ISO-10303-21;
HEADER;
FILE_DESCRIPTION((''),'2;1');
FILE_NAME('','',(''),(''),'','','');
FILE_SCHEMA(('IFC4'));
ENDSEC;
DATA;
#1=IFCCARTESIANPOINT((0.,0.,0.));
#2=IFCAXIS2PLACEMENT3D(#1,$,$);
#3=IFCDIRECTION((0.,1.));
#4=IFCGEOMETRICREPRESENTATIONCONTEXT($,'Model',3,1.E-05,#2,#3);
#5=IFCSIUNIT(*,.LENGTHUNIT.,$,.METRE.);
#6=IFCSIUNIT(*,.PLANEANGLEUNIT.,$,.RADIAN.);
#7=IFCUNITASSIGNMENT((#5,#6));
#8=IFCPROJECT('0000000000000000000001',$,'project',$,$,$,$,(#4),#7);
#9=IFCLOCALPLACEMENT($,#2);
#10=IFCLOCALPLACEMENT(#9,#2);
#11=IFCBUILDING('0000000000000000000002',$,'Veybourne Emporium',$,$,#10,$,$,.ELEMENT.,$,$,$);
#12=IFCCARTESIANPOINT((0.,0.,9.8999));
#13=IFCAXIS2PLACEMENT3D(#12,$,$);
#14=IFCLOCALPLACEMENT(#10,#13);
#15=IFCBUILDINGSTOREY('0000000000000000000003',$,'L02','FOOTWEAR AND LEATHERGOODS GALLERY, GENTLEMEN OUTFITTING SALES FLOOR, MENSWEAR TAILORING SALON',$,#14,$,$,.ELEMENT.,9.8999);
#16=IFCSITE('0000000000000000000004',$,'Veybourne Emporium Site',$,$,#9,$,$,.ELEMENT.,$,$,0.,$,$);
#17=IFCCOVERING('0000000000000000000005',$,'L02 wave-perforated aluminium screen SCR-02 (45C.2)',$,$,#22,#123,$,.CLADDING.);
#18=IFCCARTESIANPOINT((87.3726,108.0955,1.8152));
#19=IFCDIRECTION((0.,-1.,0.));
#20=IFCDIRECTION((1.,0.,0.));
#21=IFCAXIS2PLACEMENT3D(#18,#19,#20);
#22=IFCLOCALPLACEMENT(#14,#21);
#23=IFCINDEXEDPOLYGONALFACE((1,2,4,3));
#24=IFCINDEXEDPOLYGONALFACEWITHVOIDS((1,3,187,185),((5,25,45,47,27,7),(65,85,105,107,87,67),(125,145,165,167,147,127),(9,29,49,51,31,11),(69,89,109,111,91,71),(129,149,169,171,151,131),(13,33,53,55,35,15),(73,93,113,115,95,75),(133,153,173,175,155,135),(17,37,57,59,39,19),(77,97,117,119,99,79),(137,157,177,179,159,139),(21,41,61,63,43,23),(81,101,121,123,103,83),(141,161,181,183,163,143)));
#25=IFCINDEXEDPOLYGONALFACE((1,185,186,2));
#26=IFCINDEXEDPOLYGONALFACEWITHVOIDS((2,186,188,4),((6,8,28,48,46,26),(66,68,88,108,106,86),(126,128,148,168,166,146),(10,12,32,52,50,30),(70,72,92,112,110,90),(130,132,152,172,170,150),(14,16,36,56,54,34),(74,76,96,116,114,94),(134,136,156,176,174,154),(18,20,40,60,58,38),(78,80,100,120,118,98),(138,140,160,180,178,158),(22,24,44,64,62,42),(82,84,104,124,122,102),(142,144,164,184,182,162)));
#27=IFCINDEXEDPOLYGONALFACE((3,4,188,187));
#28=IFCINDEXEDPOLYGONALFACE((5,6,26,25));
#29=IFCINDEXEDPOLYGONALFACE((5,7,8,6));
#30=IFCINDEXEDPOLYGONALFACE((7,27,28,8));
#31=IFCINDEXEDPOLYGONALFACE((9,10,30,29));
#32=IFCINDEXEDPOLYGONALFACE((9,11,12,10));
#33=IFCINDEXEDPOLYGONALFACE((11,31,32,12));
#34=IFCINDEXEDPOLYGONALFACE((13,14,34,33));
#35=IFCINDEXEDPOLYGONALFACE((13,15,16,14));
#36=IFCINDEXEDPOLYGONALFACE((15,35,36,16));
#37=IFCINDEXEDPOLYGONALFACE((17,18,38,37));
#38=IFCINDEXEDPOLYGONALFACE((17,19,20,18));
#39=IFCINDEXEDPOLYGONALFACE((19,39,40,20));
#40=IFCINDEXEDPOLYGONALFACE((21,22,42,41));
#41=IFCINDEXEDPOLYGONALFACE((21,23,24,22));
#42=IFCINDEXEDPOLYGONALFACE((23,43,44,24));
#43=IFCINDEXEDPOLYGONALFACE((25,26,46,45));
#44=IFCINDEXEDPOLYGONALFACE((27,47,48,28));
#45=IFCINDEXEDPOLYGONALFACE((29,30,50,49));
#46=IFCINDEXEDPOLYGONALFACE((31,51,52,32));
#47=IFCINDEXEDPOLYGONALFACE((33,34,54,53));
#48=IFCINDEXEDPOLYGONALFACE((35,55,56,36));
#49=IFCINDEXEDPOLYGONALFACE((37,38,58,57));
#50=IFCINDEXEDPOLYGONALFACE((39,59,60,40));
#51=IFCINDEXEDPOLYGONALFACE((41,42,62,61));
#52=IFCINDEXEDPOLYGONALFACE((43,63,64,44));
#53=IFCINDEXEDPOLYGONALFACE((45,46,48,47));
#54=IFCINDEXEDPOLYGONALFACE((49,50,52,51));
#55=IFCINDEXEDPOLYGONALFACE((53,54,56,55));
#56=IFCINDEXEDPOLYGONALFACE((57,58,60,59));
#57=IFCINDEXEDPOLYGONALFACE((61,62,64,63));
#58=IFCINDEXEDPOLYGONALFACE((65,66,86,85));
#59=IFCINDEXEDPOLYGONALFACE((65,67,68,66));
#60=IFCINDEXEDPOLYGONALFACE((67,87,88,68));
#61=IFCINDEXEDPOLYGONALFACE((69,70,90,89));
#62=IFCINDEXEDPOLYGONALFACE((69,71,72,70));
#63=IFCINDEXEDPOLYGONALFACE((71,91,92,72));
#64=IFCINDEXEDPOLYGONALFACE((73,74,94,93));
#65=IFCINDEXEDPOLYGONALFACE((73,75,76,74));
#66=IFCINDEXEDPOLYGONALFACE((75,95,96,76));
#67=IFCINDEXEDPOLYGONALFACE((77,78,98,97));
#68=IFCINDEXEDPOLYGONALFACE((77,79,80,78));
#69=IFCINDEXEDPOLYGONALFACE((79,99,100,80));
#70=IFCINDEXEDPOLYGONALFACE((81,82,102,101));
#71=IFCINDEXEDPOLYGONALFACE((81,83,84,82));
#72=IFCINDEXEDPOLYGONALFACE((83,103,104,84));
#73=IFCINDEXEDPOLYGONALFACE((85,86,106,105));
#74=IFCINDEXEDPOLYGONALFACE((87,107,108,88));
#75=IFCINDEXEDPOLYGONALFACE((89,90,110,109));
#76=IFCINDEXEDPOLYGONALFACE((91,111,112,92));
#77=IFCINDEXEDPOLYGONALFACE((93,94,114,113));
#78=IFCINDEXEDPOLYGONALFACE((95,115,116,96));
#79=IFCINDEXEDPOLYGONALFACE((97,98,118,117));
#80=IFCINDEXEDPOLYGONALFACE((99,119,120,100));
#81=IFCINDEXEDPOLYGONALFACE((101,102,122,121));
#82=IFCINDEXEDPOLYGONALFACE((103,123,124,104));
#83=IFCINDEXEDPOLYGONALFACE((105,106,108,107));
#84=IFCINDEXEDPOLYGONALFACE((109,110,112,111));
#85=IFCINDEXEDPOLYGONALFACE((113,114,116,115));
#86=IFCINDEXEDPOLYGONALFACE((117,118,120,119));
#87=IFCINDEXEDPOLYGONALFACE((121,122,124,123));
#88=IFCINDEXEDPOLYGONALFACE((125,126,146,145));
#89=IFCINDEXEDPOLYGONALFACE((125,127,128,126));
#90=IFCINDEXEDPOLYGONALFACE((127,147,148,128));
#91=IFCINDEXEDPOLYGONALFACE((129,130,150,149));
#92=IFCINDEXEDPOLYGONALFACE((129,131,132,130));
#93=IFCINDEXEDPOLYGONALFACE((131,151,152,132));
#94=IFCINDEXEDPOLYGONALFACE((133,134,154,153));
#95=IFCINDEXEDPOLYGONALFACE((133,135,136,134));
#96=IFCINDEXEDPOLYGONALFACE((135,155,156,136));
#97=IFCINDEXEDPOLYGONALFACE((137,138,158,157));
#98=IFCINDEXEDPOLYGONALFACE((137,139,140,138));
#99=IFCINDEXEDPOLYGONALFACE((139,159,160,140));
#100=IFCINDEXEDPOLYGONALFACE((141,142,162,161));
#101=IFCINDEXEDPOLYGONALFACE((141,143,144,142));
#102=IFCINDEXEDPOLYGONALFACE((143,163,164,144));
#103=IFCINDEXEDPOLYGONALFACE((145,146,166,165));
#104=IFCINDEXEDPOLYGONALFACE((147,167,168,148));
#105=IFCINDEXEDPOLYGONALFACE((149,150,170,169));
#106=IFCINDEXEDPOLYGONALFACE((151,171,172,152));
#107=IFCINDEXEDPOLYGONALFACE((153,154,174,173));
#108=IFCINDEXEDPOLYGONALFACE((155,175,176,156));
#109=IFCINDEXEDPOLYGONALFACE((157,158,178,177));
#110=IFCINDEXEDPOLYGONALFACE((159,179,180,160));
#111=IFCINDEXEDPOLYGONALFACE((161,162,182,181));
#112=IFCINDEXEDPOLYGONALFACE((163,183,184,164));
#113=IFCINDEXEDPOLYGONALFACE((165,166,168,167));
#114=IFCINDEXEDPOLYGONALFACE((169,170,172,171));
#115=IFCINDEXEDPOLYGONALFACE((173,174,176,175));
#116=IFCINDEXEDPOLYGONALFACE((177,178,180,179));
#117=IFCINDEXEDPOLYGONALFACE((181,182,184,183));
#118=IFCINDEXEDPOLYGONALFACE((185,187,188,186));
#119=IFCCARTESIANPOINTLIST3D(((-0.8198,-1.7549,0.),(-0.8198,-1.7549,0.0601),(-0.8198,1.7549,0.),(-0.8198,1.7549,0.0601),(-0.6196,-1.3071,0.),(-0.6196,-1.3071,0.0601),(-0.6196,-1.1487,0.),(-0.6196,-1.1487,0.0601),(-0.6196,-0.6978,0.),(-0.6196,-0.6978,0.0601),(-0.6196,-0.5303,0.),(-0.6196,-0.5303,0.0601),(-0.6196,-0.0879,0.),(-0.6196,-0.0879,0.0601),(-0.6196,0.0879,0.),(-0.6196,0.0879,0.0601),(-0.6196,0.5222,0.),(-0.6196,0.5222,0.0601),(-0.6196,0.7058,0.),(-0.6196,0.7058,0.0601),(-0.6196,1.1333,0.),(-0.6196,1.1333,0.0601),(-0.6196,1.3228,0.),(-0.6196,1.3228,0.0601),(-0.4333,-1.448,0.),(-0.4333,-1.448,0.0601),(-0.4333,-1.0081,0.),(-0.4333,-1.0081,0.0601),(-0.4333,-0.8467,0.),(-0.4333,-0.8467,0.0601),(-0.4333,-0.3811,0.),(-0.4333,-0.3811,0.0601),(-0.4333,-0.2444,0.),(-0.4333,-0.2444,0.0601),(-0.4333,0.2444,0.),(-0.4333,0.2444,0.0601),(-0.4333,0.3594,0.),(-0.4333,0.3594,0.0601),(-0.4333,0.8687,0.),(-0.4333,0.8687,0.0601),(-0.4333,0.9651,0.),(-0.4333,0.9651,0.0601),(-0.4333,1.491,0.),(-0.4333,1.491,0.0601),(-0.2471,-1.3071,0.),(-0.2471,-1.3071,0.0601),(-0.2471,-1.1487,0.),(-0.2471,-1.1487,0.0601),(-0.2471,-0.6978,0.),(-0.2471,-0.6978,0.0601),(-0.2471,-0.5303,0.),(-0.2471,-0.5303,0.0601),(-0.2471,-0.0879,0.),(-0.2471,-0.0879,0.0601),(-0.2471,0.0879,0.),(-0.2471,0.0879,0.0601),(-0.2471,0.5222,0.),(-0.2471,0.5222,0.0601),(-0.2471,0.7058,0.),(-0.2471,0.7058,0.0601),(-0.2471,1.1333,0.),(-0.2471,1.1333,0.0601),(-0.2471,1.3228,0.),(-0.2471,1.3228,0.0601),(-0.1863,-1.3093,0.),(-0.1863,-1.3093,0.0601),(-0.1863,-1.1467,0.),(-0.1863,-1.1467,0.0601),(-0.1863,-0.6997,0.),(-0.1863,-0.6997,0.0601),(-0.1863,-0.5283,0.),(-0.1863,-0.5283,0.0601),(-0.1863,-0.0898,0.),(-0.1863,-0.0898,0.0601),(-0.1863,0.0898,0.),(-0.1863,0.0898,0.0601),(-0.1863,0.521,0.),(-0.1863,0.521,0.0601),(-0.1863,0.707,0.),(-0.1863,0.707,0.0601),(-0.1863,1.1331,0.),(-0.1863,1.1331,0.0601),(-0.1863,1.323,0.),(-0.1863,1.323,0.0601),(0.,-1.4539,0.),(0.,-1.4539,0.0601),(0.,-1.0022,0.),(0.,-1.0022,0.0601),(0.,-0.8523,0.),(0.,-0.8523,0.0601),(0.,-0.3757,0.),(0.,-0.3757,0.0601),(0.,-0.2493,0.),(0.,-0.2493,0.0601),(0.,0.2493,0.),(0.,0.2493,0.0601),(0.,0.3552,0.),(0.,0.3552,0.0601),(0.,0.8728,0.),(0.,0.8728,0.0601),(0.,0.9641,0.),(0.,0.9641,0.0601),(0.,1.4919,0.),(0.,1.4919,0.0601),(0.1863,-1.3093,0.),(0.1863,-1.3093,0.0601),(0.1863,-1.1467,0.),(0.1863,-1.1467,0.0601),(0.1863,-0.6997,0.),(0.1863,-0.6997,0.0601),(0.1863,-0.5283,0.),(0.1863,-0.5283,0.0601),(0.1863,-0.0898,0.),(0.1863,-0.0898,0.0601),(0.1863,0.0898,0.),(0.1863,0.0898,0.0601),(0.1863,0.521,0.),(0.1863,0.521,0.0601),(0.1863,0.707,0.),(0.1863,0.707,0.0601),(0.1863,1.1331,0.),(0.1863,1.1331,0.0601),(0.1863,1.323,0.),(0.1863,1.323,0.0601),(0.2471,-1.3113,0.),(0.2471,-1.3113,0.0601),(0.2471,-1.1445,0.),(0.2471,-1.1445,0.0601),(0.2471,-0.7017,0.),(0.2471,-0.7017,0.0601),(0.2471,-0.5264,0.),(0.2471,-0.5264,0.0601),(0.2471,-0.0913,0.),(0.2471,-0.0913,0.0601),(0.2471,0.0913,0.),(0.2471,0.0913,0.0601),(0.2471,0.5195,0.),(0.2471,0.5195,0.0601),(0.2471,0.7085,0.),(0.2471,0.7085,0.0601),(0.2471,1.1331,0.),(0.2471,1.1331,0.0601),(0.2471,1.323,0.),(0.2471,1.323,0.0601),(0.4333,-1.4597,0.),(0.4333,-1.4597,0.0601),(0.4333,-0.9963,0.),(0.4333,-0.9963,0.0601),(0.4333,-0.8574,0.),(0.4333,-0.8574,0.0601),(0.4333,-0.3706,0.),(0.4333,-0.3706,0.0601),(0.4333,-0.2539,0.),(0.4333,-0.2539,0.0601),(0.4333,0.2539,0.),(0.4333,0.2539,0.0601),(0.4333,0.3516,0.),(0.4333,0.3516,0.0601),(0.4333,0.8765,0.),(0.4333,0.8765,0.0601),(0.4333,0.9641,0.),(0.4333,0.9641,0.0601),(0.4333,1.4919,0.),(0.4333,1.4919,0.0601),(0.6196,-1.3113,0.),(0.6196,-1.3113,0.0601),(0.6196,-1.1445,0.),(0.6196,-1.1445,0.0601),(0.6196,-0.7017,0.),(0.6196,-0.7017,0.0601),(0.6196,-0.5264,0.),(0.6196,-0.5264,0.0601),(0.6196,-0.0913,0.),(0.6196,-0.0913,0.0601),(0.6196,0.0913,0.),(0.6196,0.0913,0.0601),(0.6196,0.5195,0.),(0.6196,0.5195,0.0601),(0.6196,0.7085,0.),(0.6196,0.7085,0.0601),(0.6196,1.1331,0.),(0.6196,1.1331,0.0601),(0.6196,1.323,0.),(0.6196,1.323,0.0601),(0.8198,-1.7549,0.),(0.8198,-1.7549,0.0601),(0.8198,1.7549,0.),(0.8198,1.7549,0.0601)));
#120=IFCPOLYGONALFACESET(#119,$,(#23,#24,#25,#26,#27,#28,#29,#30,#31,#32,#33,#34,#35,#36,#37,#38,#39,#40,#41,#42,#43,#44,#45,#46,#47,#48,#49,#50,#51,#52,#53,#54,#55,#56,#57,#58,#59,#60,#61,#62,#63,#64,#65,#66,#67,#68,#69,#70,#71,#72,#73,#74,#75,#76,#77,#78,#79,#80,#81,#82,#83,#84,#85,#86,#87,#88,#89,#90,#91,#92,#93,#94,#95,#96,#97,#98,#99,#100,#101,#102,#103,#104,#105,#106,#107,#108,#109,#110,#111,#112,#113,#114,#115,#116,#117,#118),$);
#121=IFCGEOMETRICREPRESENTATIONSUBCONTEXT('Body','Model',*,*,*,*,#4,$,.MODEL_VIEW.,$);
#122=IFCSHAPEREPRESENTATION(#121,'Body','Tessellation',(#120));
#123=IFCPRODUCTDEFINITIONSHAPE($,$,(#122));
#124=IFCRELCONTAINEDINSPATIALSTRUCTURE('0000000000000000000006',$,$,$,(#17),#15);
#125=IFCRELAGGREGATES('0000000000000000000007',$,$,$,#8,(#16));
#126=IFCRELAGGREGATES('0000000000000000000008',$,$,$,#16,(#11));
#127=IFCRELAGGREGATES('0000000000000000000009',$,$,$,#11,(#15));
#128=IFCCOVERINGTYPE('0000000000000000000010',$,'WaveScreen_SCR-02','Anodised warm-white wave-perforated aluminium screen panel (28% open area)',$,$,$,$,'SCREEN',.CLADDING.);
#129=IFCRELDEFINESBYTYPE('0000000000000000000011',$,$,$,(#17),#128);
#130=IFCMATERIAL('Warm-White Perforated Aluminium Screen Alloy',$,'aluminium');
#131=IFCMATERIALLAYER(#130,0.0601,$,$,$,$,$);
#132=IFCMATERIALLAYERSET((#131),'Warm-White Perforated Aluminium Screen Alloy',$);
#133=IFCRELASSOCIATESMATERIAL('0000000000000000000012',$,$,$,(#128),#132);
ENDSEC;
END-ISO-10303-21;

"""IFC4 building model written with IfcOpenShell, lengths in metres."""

from ifc_helpers import new_model, si_unit, direction, frame, origin, place, context, subcontext, project, spatial, polyline, outline, extrude, material, layer, layer_set, type_object, element, save


model = new_model("IFC4")

# Units and contexts
model_context = context("Model", 3, precision=1e-05, world=origin(), true_north=direction((0.0, 1.0)))
body_context = subcontext(model_context, "Body", "Model", "MODEL_VIEW")
ifc_project = project(units=[si_unit("LENGTHUNIT", "METRE"), si_unit("PLANEANGLEUNIT", "RADIAN")], contexts=[model_context])

# Site, building, storey
site_placement = place(None, origin())
site = spatial("IfcSite", under=ifc_project, at=site_placement, Name="Veybourne Emporium Site", CompositionType="ELEMENT", RefElevation=0.0)
building_placement = place(site_placement, origin())
building = spatial("IfcBuilding", under=site, at=building_placement, Name="Veybourne Emporium", CompositionType="ELEMENT")
storey_placement = place(building_placement, frame((0.0, 0.0, 9.8999)))
storey = spatial("IfcBuildingStorey", under=building, at=storey_placement, Name="L02", Description="FOOTWEAR AND LEATHERGOODS GALLERY, GENTLEMEN OUTFITTING SALES FLOOR, MENSWEAR TAILORING SALON", CompositionType="ELEMENT", Elevation=9.8999)

# Covering
ifc_material_1 = material(Name="Warm-White Perforated Aluminium Screen Alloy", Category="aluminium")
ifc_layer_1 = layer(ifc_material_1, 0.0601)
ifc_layer_set_1 = layer_set([ifc_layer_1], Name="Warm-White Perforated Aluminium Screen Alloy")
covering_type_1 = type_object("IfcCoveringType", Name="WaveScreen_SCR-02", Description="Anodised warm-white wave-perforated aluminium screen panel (28% open area)", ElementType="SCREEN", PredefinedType="CLADDING", material=ifc_layer_set_1)
covering_1_placement = place(storey_placement, frame((87.3726, 108.0955, 1.8152), z_axis=(0.0, -1.0, 0.0), x_axis=(1.0, 0.0, 0.0)))
element("IfcCovering", 1, at=covering_1_placement, inside=storey, type_object=covering_type_1, Name="L02 wave-perforated aluminium screen SCR-02 (45C.2)", PredefinedType="CLADDING", context=body_context, shape_type="SweptSolid", body=[
    extrude(outline(polyline([(-0.8198, -1.7549), (0.8198, -1.7549), (0.8198, 1.7549), (-0.8198, 1.7549), (-0.8198, -1.7549)]), holes=[polyline([(-0.4333, -1.0081), (-0.2471, -1.1487), (-0.2471, -1.3071), (-0.4333, -1.448), (-0.6196, -1.3071), (-0.6196, -1.1487), (-0.4333, -1.0081)]), polyline([(-0.4333, -0.3811), (-0.2471, -0.5303), (-0.2471, -0.6978), (-0.4333, -0.8467), (-0.6196, -0.6978), (-0.6196, -0.5303), (-0.4333, -0.3811)]), polyline([(-0.4333, 0.2444), (-0.2471, 0.0879), (-0.2471, -0.0879), (-0.4333, -0.2444), (-0.6196, -0.0879), (-0.6196, 0.0879), (-0.4333, 0.2444)]), polyline([(-0.4333, 0.8687), (-0.2471, 0.7058), (-0.2471, 0.5222), (-0.4333, 0.3594), (-0.6196, 0.5222), (-0.6196, 0.7058), (-0.4333, 0.8687)]), polyline([(-0.4333, 1.491), (-0.2471, 1.3228), (-0.2471, 1.1333), (-0.4333, 0.9651), (-0.6196, 1.1333), (-0.6196, 1.3228), (-0.4333, 1.491)]), polyline([(0.0, -1.0022), (0.1863, -1.1467), (0.1863, -1.3093), (0.0, -1.4539), (-0.1863, -1.3093), (-0.1863, -1.1467), (0.0, -1.0022)]), polyline([(0.0, -0.3757), (0.1863, -0.5283), (0.1863, -0.6997), (0.0, -0.8523), (-0.1863, -0.6997), (-0.1863, -0.5283), (0.0, -0.3757)]), polyline([(0.0, 0.2493), (0.1863, 0.0898), (0.1863, -0.0898), (0.0, -0.2493), (-0.1863, -0.0898), (-0.1863, 0.0898), (0.0, 0.2493)]), polyline([(0.0, 0.8728), (0.1863, 0.707), (0.1863, 0.521), (0.0, 0.3552), (-0.1863, 0.521), (-0.1863, 0.707), (0.0, 0.8728)]), polyline([(0.0, 1.4919), (0.1863, 1.323), (0.1863, 1.1331), (0.0, 0.9641), (-0.1863, 1.1331), (-0.1863, 1.323), (0.0, 1.4919)]), polyline([(0.4333, -0.9963), (0.6196, -1.1445), (0.6196, -1.3113), (0.4333, -1.4597), (0.2471, -1.3113), (0.2471, -1.1445), (0.4333, -0.9963)]), polyline([(0.4333, -0.3706), (0.6196, -0.5264), (0.6196, -0.7017), (0.4333, -0.8574), (0.2471, -0.7017), (0.2471, -0.5264), (0.4333, -0.3706)]), polyline([(0.4333, 0.2539), (0.6196, 0.0913), (0.6196, -0.0913), (0.4333, -0.2539), (0.2471, -0.0913), (0.2471, 0.0913), (0.4333, 0.2539)]), polyline([(0.4333, 0.8765), (0.6196, 0.7085), (0.6196, 0.5195), (0.4333, 0.3516), (0.2471, 0.5195), (0.2471, 0.7085), (0.4333, 0.8765)]), polyline([(0.4333, 1.4919), (0.6196, 1.323), (0.6196, 1.1331), (0.4333, 0.9641), (0.2471, 1.1331), (0.2471, 1.323), (0.4333, 1.4919)])]), origin(), (0.0, 0.0, 1.0), 0.0601),
])

save(model, "model.ifc")
